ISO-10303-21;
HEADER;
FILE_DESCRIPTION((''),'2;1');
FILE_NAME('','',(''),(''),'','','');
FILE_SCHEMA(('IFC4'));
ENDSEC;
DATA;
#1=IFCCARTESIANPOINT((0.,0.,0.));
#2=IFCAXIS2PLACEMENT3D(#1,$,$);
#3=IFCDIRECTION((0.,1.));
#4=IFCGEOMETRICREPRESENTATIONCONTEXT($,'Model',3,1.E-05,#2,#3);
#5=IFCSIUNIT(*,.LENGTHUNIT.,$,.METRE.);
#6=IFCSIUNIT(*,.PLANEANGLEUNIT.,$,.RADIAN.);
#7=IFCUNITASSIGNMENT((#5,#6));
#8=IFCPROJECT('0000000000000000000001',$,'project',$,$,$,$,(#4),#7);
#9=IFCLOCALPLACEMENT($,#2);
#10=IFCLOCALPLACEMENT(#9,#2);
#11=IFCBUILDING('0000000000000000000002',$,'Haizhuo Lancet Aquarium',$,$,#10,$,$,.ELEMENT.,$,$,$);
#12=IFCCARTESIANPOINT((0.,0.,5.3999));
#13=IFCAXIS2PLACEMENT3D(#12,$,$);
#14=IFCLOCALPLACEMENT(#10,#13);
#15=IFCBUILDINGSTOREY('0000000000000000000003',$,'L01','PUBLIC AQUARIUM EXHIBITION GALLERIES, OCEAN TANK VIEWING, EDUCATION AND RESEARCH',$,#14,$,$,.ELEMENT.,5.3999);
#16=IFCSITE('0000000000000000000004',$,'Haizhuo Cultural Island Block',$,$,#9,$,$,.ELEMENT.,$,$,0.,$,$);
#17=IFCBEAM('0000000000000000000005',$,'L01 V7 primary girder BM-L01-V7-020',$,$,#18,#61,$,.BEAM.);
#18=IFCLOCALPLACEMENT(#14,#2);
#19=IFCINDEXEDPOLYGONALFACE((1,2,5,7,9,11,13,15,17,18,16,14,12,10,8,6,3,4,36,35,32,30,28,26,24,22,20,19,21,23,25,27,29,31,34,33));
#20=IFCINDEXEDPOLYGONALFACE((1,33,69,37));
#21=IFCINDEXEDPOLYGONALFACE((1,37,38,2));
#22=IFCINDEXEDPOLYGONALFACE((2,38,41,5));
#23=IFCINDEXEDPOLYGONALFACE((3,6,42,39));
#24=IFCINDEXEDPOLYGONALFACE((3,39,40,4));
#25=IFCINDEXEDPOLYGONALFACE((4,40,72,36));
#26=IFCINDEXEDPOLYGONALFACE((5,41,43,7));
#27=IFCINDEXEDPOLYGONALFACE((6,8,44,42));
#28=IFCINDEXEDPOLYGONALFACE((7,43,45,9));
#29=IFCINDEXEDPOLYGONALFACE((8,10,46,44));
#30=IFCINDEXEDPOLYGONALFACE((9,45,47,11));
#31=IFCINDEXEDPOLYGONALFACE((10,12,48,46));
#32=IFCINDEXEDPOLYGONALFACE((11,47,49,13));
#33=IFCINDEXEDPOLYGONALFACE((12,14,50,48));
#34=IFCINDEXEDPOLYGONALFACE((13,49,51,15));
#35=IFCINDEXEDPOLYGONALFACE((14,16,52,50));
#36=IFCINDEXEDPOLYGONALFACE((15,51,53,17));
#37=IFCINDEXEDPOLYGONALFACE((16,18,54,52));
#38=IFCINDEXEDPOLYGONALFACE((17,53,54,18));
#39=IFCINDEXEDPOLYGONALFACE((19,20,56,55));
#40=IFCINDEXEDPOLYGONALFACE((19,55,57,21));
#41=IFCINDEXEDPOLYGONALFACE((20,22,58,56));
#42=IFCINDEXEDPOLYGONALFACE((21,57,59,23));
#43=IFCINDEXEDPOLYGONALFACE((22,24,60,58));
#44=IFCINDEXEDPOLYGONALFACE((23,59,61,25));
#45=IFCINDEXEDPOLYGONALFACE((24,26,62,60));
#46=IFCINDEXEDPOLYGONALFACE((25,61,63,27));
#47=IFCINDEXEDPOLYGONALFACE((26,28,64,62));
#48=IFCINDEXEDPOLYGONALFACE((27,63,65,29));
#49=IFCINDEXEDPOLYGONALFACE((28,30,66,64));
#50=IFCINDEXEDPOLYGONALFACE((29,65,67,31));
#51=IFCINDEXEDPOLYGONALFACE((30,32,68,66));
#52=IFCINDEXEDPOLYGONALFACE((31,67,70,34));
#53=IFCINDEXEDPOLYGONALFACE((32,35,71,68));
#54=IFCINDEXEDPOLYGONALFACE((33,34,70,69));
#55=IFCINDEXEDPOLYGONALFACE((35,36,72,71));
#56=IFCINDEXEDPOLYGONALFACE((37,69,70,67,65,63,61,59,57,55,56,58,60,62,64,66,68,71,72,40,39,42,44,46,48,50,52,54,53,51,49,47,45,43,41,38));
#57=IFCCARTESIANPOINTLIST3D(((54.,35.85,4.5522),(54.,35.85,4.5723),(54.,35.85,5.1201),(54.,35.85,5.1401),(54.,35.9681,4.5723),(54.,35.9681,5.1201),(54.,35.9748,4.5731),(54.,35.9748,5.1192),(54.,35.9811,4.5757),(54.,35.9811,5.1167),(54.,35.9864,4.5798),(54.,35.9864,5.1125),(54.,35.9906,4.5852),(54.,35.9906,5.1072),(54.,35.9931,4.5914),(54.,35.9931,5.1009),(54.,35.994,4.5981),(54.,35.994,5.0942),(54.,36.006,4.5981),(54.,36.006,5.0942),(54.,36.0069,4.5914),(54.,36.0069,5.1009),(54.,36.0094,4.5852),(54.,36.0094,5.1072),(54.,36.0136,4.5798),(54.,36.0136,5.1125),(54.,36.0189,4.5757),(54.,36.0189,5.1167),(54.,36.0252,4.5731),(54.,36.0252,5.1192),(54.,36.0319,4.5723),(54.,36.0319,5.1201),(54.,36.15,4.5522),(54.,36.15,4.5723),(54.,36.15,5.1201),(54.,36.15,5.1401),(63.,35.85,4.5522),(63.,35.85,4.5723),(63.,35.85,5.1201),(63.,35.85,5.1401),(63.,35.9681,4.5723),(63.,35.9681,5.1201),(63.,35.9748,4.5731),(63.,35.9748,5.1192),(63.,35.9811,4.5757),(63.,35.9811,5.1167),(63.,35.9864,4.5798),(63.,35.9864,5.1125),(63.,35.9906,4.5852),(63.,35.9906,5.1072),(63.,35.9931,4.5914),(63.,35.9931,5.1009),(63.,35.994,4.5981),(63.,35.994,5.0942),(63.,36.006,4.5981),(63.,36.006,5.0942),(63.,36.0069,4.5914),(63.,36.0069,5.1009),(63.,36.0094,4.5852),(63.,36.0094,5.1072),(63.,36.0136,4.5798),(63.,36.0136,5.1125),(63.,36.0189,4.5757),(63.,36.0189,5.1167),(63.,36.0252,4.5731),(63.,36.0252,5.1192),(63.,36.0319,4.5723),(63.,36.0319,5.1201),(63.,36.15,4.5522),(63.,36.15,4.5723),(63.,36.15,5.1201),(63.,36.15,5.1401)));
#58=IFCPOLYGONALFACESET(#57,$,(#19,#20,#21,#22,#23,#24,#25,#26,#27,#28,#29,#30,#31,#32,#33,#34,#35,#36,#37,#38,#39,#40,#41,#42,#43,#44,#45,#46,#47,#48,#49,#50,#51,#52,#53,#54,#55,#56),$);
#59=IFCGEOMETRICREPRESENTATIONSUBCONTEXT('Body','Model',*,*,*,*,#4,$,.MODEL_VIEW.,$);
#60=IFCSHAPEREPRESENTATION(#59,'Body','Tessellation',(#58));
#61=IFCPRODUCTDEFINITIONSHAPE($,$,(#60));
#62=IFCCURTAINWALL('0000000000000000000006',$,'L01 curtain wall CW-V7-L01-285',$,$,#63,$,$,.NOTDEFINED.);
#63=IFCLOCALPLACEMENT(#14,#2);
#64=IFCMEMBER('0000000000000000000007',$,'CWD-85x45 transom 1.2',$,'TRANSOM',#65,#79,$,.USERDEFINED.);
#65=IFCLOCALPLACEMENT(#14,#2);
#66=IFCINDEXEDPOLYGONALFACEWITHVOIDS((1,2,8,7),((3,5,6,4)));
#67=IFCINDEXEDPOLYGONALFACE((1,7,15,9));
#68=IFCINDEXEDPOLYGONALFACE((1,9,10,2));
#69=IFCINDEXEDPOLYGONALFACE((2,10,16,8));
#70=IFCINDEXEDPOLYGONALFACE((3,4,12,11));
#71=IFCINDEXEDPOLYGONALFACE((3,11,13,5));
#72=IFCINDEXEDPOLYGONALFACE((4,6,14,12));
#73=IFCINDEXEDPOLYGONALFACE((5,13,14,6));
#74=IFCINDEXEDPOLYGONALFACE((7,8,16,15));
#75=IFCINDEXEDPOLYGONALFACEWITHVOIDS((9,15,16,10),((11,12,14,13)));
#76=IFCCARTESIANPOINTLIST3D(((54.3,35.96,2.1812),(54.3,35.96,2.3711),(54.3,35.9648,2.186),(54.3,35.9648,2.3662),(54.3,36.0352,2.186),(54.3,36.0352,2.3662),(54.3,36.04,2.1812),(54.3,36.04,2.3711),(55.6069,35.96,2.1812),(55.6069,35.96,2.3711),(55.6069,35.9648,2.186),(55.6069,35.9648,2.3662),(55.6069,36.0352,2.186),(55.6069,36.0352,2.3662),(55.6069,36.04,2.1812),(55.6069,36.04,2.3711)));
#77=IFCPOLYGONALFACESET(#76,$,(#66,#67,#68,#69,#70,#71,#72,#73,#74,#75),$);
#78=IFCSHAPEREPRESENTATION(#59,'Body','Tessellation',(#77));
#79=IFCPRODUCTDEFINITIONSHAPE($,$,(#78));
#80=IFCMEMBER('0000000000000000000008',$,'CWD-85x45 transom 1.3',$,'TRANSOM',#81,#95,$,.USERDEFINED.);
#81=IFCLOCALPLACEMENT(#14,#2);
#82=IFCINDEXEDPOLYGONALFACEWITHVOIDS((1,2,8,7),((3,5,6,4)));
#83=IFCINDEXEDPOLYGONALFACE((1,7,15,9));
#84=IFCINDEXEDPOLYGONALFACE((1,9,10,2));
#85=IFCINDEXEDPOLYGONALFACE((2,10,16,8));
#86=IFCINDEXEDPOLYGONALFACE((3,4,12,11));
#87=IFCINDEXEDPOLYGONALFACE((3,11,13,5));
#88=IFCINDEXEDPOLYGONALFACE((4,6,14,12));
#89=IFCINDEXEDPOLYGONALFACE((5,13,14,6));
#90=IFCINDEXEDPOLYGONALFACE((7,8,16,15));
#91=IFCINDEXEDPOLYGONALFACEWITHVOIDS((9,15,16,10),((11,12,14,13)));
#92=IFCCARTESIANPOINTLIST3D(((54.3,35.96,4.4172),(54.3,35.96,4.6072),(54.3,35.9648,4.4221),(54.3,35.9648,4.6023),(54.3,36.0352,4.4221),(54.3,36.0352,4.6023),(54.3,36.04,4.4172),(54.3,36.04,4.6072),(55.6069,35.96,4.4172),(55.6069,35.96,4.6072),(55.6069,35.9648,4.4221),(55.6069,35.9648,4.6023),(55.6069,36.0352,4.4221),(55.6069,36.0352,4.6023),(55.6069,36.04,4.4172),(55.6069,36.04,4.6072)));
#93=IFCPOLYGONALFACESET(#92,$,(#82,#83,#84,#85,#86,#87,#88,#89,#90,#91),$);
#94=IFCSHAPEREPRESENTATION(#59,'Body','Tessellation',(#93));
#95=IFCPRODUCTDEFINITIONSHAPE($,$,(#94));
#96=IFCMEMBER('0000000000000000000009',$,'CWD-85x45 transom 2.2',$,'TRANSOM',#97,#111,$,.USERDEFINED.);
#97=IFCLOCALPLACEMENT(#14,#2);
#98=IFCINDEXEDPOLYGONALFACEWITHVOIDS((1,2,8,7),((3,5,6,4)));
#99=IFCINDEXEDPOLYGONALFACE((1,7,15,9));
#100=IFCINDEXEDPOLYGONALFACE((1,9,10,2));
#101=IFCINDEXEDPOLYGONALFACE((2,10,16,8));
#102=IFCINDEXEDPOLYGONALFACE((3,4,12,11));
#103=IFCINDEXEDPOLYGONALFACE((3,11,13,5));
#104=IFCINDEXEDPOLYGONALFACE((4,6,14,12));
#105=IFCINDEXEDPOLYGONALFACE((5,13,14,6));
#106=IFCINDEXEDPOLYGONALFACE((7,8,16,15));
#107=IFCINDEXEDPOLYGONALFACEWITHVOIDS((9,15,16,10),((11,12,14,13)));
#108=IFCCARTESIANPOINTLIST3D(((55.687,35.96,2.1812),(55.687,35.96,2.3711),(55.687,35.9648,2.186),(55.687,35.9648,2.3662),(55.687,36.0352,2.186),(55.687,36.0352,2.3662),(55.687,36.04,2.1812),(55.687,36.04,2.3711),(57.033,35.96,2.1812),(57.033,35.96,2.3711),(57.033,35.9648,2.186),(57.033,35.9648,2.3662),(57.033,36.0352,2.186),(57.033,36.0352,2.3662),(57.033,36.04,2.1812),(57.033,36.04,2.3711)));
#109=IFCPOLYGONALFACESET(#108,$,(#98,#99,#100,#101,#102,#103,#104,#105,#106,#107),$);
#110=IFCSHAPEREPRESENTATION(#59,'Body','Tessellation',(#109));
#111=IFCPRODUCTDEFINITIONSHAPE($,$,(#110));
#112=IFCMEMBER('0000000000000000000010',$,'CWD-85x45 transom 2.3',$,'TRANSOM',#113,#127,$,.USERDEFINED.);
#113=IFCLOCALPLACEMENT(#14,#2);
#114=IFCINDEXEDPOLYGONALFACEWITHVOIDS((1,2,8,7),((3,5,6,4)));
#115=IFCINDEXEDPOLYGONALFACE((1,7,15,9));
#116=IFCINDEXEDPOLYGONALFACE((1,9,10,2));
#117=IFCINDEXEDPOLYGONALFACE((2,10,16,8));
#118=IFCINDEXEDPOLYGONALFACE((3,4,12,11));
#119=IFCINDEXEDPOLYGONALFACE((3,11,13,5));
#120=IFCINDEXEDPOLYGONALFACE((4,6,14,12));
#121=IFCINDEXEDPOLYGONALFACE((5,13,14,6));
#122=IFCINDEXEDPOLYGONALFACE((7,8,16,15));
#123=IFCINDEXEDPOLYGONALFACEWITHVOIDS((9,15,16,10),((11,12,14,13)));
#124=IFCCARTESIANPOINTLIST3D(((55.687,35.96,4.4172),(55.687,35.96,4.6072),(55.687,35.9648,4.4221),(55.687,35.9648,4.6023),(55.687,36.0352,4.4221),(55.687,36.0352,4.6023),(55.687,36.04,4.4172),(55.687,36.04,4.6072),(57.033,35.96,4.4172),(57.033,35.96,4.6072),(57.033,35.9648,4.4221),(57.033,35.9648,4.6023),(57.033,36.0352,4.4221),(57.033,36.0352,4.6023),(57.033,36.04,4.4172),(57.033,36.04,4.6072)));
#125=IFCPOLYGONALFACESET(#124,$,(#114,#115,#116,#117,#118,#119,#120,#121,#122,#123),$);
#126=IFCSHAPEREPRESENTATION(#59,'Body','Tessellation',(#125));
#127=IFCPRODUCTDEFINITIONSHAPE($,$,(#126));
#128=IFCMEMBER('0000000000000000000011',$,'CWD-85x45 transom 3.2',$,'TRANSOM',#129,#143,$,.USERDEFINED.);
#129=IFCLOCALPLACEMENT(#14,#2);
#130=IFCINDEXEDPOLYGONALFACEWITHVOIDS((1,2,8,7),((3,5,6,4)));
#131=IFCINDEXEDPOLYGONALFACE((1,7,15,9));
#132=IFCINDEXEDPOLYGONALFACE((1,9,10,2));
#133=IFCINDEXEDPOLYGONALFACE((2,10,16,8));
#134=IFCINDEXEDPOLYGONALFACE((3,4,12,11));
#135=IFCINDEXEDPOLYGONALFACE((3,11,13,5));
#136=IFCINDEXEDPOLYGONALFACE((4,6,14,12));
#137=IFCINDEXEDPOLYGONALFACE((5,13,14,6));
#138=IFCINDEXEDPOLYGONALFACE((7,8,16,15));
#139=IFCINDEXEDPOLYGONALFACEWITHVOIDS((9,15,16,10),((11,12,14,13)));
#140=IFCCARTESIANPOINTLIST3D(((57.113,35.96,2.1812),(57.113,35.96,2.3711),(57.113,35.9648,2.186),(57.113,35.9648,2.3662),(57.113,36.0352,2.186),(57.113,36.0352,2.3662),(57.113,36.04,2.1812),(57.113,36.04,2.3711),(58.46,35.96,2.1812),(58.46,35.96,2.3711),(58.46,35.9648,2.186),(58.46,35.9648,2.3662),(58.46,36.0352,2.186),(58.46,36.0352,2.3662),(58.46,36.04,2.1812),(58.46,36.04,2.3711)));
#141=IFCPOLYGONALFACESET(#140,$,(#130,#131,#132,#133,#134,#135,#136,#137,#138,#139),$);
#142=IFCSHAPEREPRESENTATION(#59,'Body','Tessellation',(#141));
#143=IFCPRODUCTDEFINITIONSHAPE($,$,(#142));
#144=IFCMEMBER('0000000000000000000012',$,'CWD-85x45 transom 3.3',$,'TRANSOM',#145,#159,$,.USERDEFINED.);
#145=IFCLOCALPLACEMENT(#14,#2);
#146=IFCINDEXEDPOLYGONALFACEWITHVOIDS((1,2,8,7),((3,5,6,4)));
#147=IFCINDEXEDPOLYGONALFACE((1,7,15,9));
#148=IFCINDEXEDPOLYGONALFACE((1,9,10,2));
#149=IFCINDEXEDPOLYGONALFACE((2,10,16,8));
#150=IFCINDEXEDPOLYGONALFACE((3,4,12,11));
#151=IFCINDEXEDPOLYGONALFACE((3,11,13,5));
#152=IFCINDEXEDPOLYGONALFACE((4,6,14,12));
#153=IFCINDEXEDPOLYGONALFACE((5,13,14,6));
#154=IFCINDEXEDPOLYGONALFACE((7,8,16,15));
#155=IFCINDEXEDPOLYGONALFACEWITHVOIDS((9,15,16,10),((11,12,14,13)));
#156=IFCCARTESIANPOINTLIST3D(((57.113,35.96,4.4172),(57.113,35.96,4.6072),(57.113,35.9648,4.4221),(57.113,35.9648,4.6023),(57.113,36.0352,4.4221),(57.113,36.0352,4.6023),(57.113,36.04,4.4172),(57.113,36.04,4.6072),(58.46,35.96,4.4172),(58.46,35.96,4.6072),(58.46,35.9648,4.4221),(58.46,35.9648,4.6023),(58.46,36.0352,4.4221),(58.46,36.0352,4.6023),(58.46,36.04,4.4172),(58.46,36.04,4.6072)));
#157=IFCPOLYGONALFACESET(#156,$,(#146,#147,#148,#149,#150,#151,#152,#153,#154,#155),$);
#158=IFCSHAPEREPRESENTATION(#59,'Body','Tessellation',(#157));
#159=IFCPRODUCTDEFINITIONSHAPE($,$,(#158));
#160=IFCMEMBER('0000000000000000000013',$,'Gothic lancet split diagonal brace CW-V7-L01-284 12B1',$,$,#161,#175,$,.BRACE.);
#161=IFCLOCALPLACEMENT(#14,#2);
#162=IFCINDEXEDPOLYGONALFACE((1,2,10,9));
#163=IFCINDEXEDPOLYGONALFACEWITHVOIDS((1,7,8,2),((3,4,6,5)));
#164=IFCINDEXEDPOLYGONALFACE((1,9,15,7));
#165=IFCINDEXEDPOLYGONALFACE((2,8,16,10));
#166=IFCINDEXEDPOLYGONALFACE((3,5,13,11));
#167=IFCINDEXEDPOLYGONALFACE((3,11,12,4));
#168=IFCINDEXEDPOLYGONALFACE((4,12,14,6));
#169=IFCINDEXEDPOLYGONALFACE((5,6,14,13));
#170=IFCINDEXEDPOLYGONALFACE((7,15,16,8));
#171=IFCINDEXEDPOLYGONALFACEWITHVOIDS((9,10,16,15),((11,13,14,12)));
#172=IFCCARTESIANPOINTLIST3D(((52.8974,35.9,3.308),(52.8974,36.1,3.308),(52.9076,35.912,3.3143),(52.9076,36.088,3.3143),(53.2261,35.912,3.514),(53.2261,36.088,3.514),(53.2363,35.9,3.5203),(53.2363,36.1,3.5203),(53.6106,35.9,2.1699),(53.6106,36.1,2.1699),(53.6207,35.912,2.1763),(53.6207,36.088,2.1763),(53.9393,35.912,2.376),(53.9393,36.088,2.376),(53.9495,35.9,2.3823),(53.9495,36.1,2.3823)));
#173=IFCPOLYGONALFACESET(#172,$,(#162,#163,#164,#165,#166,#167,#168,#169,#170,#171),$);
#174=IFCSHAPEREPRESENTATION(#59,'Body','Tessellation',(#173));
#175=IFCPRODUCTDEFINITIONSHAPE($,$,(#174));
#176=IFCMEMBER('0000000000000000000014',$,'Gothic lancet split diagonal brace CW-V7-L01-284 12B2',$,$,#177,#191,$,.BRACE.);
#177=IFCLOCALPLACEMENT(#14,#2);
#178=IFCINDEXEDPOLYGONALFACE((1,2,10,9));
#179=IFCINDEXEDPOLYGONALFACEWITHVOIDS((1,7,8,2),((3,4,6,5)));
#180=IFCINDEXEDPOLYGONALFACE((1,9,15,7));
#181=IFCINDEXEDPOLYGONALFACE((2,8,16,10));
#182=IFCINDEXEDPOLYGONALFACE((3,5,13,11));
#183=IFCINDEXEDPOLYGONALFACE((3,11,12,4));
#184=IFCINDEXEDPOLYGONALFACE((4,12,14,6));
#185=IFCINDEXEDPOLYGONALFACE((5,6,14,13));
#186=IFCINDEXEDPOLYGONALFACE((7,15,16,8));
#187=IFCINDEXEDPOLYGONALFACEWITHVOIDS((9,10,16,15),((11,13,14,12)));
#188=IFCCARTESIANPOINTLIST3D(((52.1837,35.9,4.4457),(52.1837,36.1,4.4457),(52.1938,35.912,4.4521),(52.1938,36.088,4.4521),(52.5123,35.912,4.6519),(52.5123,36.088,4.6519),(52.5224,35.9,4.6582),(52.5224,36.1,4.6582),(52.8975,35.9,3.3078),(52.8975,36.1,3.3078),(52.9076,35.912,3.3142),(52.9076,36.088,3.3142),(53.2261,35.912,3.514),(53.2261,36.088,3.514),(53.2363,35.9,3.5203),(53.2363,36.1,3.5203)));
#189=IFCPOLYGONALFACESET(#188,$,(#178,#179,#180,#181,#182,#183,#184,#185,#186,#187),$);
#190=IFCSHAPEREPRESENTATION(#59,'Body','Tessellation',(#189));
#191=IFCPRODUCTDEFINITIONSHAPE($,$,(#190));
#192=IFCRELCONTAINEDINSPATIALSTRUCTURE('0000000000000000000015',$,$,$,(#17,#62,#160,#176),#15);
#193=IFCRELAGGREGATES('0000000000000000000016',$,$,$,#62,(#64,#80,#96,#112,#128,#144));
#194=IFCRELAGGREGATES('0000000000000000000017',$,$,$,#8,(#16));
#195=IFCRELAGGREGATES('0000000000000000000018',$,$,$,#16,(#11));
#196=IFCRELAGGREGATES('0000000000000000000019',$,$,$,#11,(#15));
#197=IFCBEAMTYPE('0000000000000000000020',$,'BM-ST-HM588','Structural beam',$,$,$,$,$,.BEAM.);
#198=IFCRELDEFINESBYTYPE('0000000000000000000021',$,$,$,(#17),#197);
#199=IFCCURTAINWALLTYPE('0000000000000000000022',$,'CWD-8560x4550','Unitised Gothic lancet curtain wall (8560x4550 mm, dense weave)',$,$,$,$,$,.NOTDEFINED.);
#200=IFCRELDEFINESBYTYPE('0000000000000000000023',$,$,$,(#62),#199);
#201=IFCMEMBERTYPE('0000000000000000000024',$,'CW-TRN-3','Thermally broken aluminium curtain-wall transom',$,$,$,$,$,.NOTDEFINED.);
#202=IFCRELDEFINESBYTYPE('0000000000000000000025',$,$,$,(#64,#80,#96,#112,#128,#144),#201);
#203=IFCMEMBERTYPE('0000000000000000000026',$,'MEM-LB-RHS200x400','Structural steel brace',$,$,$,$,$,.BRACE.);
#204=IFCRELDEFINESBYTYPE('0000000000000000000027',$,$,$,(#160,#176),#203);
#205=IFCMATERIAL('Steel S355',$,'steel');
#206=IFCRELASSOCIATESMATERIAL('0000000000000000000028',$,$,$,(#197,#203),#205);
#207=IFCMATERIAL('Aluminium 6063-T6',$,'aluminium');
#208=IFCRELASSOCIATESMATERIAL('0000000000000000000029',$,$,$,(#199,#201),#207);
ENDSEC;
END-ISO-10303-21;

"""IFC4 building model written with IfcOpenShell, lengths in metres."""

from ifc_helpers import new_model, si_unit, direction, frame, origin, origin_2d, place, context, subcontext, project, spatial, hollow_rectangle, i_section, extrude, material, material_profile, profile_set, type_object, element, aggregate, save


model = new_model("IFC4")

# Units and contexts
model_context = context("Model", 3, precision=1e-05, world=origin(), true_north=direction((0.0, 1.0)))
body_context = subcontext(model_context, "Body", "Model", "MODEL_VIEW")
ifc_project = project(units=[si_unit("LENGTHUNIT", "METRE"), si_unit("PLANEANGLEUNIT", "RADIAN")], contexts=[model_context])

# Site, building, storey
site_placement = place(None, origin())
site = spatial("IfcSite", under=ifc_project, at=site_placement, Name="Haizhuo Cultural Island Block", CompositionType="ELEMENT", RefElevation=0.0)
building_placement = place(site_placement, origin())
building = spatial("IfcBuilding", under=site, at=building_placement, Name="Haizhuo Lancet Aquarium", CompositionType="ELEMENT")
storey_placement = place(building_placement, frame((0.0, 0.0, 5.3999)))
storey = spatial("IfcBuildingStorey", under=building, at=storey_placement, Name="L01", Description="PUBLIC AQUARIUM EXHIBITION GALLERIES, OCEAN TANK VIEWING, EDUCATION AND RESEARCH", CompositionType="ELEMENT", Elevation=5.3999)

# Beam
ifc_material_1 = material(Name="Steel S355", Category="steel")
ifc_material_profile_1 = material_profile(ifc_material_1, i_section(OverallWidth=0.3, OverallDepth=0.5879, WebThickness=0.012, FlangeThickness=0.02, FilletRadius=0.0259, at=origin_2d()), Name="HM 588x300x12x20")
ifc_profile_set_1 = profile_set([ifc_material_profile_1], Name="Steel S355")
beam_type = type_object("IfcBeamType", Name="BM-ST-HM588", Description="Structural beam", PredefinedType="BEAM", material=ifc_profile_set_1)
beam_placement = place(storey_placement, frame((54.0, 36.0, 4.8462), z_axis=(1.0, 0.0, 0.0), x_axis=(0.0, 1.0, 0.0)))
element("IfcBeam", 1, at=beam_placement, inside=storey, type_object=beam_type, Name="L01 V7 primary girder BM-L01-V7-020", PredefinedType="BEAM", context=body_context, shape_type="SweptSolid", body=[
    extrude(i_section(OverallWidth=0.3, OverallDepth=0.5879, WebThickness=0.012, FlangeThickness=0.02, FilletRadius=0.0259, at=origin_2d()), origin(), (0.0, 0.0, 1.0), 9.0),
])

# Curtain wall, members
ifc_material_2 = material(Name="Aluminium 6063-T6", Category="aluminium")
curtain_wall_type = type_object("IfcCurtainWallType", Name="CWD-8560x4550", Description="Unitised Gothic lancet curtain wall (8560x4550 mm, dense weave)", PredefinedType="NOTDEFINED", material=ifc_material_2)
curtain_wall_1_placement = place(storey_placement, origin())
curtain_wall_1 = element("IfcCurtainWall", 2, at=curtain_wall_1_placement, inside=storey, type_object=curtain_wall_type, Name="L01 curtain wall CW-V7-L01-285", PredefinedType="NOTDEFINED")
ifc_material_profile_2 = material_profile(ifc_material_2, hollow_rectangle(XDim=0.0801, YDim=0.1899, WallThickness=0.0049, at=origin_2d()), Name="ALU-T 80x190x5")
ifc_profile_set_2 = profile_set([ifc_material_profile_2], Name="Aluminium 6063-T6")
member_type_1 = type_object("IfcMemberType", Name="CW-TRN-3", Description="Thermally broken aluminium curtain-wall transom", PredefinedType="NOTDEFINED", material=ifc_profile_set_2)
member_1_placement = place(storey_placement, frame((54.3, 36.0, 2.2761), z_axis=(1.0, 0.0, 0.0), x_axis=(0.0, 1.0, 0.0)))
member_1 = element("IfcMember", 3, at=member_1_placement, type_object=member_type_1, Name="CWD-85x45 transom 1.2", ObjectType="TRANSOM", PredefinedType="USERDEFINED", context=body_context, shape_type="SweptSolid", body=[
    extrude(hollow_rectangle(XDim=0.0801, YDim=0.1899, WallThickness=0.0049, at=origin_2d()), origin(), (0.0, 0.0, 1.0), 1.3069),
])
member_2_placement = place(storey_placement, frame((54.3, 36.0, 4.5122), z_axis=(1.0, 0.0, 0.0), x_axis=(0.0, 1.0, 0.0)))
member_2 = element("IfcMember", 4, at=member_2_placement, type_object=member_type_1, Name="CWD-85x45 transom 1.3", ObjectType="TRANSOM", PredefinedType="USERDEFINED", context=body_context, shape_type="SweptSolid", body=[
    extrude(hollow_rectangle(XDim=0.0801, YDim=0.1899, WallThickness=0.0049, at=origin_2d()), origin(), (0.0, 0.0, 1.0), 1.3069),
])
member_3_placement = place(storey_placement, frame((55.687, 36.0, 2.2761), z_axis=(1.0, 0.0, 0.0), x_axis=(0.0, 1.0, 0.0)))
member_3 = element("IfcMember", 5, at=member_3_placement, type_object=member_type_1, Name="CWD-85x45 transom 2.2", ObjectType="TRANSOM", PredefinedType="USERDEFINED", context=body_context, shape_type="SweptSolid", body=[
    extrude(hollow_rectangle(XDim=0.0801, YDim=0.1899, WallThickness=0.0049, at=origin_2d()), origin(), (0.0, 0.0, 1.0), 1.3459),
])
member_4_placement = place(storey_placement, frame((55.687, 36.0, 4.5122), z_axis=(1.0, 0.0, 0.0), x_axis=(0.0, 1.0, 0.0)))
member_4 = element("IfcMember", 6, at=member_4_placement, type_object=member_type_1, Name="CWD-85x45 transom 2.3", ObjectType="TRANSOM", PredefinedType="USERDEFINED", context=body_context, shape_type="SweptSolid", body=[
    extrude(hollow_rectangle(XDim=0.0801, YDim=0.1899, WallThickness=0.0049, at=origin_2d()), origin(), (0.0, 0.0, 1.0), 1.3459),
])
member_5_placement = place(storey_placement, frame((57.113, 36.0, 2.2761), z_axis=(1.0, 0.0, 0.0), x_axis=(0.0, 1.0, 0.0)))
member_5 = element("IfcMember", 7, at=member_5_placement, type_object=member_type_1, Name="CWD-85x45 transom 3.2", ObjectType="TRANSOM", PredefinedType="USERDEFINED", context=body_context, shape_type="SweptSolid", body=[
    extrude(hollow_rectangle(XDim=0.0801, YDim=0.1899, WallThickness=0.0049, at=origin_2d()), origin(), (0.0, 0.0, 1.0), 1.3469),
])
member_6_placement = place(storey_placement, frame((57.113, 36.0, 4.5122), z_axis=(1.0, 0.0, 0.0), x_axis=(0.0, 1.0, 0.0)))
member_6 = element("IfcMember", 8, at=member_6_placement, type_object=member_type_1, Name="CWD-85x45 transom 3.3", ObjectType="TRANSOM", PredefinedType="USERDEFINED", context=body_context, shape_type="SweptSolid", body=[
    extrude(hollow_rectangle(XDim=0.0801, YDim=0.1899, WallThickness=0.0049, at=origin_2d()), origin(), (0.0, 0.0, 1.0), 1.3469),
])

# Members
ifc_material_profile_3 = material_profile(ifc_material_1, hollow_rectangle(XDim=0.2, YDim=0.3999, WallThickness=0.012, at=origin_2d()), Name="RHS 200x400x12")
ifc_profile_set_3 = profile_set([ifc_material_profile_3], Name="Steel S355")
member_type_2 = type_object("IfcMemberType", Name="MEM-LB-RHS200x400", Description="Structural steel brace", PredefinedType="BRACE", material=ifc_profile_set_3)
member_7_placement = place(storey_placement, frame((53.78, 36.0, 2.2761), z_axis=(-0.531028, 0.0, 0.847354), x_axis=(0.0, -1.0, 0.0)))
element("IfcMember", 9, at=member_7_placement, inside=storey, type_object=member_type_2, Name="Gothic lancet split diagonal brace CW-V7-L01-284 12B1", PredefinedType="BRACE", context=body_context, shape_type="SweptSolid", body=[
    extrude(hollow_rectangle(XDim=0.2, YDim=0.3999, WallThickness=0.012, at=origin_2d()), origin(), (0.0, 0.0, 1.0), 1.343),
])
member_8_placement = place(storey_placement, frame((53.0669, 36.0, 3.4141), z_axis=(-0.531419, 0.0, 0.847109), x_axis=(0.0, -1.0, 0.0)))
element("IfcMember", 10, at=member_8_placement, inside=storey, type_object=member_type_2, Name="Gothic lancet split diagonal brace CW-V7-L01-284 12B2", PredefinedType="BRACE", context=body_context, shape_type="SweptSolid", body=[
    extrude(hollow_rectangle(XDim=0.2, YDim=0.3999, WallThickness=0.012, at=origin_2d()), origin(), (0.0, 0.0, 1.0), 1.3433),
])

aggregate(curtain_wall_1, [member_1, member_2, member_3, member_4, member_5, member_6])

save(model, "model.ifc")
